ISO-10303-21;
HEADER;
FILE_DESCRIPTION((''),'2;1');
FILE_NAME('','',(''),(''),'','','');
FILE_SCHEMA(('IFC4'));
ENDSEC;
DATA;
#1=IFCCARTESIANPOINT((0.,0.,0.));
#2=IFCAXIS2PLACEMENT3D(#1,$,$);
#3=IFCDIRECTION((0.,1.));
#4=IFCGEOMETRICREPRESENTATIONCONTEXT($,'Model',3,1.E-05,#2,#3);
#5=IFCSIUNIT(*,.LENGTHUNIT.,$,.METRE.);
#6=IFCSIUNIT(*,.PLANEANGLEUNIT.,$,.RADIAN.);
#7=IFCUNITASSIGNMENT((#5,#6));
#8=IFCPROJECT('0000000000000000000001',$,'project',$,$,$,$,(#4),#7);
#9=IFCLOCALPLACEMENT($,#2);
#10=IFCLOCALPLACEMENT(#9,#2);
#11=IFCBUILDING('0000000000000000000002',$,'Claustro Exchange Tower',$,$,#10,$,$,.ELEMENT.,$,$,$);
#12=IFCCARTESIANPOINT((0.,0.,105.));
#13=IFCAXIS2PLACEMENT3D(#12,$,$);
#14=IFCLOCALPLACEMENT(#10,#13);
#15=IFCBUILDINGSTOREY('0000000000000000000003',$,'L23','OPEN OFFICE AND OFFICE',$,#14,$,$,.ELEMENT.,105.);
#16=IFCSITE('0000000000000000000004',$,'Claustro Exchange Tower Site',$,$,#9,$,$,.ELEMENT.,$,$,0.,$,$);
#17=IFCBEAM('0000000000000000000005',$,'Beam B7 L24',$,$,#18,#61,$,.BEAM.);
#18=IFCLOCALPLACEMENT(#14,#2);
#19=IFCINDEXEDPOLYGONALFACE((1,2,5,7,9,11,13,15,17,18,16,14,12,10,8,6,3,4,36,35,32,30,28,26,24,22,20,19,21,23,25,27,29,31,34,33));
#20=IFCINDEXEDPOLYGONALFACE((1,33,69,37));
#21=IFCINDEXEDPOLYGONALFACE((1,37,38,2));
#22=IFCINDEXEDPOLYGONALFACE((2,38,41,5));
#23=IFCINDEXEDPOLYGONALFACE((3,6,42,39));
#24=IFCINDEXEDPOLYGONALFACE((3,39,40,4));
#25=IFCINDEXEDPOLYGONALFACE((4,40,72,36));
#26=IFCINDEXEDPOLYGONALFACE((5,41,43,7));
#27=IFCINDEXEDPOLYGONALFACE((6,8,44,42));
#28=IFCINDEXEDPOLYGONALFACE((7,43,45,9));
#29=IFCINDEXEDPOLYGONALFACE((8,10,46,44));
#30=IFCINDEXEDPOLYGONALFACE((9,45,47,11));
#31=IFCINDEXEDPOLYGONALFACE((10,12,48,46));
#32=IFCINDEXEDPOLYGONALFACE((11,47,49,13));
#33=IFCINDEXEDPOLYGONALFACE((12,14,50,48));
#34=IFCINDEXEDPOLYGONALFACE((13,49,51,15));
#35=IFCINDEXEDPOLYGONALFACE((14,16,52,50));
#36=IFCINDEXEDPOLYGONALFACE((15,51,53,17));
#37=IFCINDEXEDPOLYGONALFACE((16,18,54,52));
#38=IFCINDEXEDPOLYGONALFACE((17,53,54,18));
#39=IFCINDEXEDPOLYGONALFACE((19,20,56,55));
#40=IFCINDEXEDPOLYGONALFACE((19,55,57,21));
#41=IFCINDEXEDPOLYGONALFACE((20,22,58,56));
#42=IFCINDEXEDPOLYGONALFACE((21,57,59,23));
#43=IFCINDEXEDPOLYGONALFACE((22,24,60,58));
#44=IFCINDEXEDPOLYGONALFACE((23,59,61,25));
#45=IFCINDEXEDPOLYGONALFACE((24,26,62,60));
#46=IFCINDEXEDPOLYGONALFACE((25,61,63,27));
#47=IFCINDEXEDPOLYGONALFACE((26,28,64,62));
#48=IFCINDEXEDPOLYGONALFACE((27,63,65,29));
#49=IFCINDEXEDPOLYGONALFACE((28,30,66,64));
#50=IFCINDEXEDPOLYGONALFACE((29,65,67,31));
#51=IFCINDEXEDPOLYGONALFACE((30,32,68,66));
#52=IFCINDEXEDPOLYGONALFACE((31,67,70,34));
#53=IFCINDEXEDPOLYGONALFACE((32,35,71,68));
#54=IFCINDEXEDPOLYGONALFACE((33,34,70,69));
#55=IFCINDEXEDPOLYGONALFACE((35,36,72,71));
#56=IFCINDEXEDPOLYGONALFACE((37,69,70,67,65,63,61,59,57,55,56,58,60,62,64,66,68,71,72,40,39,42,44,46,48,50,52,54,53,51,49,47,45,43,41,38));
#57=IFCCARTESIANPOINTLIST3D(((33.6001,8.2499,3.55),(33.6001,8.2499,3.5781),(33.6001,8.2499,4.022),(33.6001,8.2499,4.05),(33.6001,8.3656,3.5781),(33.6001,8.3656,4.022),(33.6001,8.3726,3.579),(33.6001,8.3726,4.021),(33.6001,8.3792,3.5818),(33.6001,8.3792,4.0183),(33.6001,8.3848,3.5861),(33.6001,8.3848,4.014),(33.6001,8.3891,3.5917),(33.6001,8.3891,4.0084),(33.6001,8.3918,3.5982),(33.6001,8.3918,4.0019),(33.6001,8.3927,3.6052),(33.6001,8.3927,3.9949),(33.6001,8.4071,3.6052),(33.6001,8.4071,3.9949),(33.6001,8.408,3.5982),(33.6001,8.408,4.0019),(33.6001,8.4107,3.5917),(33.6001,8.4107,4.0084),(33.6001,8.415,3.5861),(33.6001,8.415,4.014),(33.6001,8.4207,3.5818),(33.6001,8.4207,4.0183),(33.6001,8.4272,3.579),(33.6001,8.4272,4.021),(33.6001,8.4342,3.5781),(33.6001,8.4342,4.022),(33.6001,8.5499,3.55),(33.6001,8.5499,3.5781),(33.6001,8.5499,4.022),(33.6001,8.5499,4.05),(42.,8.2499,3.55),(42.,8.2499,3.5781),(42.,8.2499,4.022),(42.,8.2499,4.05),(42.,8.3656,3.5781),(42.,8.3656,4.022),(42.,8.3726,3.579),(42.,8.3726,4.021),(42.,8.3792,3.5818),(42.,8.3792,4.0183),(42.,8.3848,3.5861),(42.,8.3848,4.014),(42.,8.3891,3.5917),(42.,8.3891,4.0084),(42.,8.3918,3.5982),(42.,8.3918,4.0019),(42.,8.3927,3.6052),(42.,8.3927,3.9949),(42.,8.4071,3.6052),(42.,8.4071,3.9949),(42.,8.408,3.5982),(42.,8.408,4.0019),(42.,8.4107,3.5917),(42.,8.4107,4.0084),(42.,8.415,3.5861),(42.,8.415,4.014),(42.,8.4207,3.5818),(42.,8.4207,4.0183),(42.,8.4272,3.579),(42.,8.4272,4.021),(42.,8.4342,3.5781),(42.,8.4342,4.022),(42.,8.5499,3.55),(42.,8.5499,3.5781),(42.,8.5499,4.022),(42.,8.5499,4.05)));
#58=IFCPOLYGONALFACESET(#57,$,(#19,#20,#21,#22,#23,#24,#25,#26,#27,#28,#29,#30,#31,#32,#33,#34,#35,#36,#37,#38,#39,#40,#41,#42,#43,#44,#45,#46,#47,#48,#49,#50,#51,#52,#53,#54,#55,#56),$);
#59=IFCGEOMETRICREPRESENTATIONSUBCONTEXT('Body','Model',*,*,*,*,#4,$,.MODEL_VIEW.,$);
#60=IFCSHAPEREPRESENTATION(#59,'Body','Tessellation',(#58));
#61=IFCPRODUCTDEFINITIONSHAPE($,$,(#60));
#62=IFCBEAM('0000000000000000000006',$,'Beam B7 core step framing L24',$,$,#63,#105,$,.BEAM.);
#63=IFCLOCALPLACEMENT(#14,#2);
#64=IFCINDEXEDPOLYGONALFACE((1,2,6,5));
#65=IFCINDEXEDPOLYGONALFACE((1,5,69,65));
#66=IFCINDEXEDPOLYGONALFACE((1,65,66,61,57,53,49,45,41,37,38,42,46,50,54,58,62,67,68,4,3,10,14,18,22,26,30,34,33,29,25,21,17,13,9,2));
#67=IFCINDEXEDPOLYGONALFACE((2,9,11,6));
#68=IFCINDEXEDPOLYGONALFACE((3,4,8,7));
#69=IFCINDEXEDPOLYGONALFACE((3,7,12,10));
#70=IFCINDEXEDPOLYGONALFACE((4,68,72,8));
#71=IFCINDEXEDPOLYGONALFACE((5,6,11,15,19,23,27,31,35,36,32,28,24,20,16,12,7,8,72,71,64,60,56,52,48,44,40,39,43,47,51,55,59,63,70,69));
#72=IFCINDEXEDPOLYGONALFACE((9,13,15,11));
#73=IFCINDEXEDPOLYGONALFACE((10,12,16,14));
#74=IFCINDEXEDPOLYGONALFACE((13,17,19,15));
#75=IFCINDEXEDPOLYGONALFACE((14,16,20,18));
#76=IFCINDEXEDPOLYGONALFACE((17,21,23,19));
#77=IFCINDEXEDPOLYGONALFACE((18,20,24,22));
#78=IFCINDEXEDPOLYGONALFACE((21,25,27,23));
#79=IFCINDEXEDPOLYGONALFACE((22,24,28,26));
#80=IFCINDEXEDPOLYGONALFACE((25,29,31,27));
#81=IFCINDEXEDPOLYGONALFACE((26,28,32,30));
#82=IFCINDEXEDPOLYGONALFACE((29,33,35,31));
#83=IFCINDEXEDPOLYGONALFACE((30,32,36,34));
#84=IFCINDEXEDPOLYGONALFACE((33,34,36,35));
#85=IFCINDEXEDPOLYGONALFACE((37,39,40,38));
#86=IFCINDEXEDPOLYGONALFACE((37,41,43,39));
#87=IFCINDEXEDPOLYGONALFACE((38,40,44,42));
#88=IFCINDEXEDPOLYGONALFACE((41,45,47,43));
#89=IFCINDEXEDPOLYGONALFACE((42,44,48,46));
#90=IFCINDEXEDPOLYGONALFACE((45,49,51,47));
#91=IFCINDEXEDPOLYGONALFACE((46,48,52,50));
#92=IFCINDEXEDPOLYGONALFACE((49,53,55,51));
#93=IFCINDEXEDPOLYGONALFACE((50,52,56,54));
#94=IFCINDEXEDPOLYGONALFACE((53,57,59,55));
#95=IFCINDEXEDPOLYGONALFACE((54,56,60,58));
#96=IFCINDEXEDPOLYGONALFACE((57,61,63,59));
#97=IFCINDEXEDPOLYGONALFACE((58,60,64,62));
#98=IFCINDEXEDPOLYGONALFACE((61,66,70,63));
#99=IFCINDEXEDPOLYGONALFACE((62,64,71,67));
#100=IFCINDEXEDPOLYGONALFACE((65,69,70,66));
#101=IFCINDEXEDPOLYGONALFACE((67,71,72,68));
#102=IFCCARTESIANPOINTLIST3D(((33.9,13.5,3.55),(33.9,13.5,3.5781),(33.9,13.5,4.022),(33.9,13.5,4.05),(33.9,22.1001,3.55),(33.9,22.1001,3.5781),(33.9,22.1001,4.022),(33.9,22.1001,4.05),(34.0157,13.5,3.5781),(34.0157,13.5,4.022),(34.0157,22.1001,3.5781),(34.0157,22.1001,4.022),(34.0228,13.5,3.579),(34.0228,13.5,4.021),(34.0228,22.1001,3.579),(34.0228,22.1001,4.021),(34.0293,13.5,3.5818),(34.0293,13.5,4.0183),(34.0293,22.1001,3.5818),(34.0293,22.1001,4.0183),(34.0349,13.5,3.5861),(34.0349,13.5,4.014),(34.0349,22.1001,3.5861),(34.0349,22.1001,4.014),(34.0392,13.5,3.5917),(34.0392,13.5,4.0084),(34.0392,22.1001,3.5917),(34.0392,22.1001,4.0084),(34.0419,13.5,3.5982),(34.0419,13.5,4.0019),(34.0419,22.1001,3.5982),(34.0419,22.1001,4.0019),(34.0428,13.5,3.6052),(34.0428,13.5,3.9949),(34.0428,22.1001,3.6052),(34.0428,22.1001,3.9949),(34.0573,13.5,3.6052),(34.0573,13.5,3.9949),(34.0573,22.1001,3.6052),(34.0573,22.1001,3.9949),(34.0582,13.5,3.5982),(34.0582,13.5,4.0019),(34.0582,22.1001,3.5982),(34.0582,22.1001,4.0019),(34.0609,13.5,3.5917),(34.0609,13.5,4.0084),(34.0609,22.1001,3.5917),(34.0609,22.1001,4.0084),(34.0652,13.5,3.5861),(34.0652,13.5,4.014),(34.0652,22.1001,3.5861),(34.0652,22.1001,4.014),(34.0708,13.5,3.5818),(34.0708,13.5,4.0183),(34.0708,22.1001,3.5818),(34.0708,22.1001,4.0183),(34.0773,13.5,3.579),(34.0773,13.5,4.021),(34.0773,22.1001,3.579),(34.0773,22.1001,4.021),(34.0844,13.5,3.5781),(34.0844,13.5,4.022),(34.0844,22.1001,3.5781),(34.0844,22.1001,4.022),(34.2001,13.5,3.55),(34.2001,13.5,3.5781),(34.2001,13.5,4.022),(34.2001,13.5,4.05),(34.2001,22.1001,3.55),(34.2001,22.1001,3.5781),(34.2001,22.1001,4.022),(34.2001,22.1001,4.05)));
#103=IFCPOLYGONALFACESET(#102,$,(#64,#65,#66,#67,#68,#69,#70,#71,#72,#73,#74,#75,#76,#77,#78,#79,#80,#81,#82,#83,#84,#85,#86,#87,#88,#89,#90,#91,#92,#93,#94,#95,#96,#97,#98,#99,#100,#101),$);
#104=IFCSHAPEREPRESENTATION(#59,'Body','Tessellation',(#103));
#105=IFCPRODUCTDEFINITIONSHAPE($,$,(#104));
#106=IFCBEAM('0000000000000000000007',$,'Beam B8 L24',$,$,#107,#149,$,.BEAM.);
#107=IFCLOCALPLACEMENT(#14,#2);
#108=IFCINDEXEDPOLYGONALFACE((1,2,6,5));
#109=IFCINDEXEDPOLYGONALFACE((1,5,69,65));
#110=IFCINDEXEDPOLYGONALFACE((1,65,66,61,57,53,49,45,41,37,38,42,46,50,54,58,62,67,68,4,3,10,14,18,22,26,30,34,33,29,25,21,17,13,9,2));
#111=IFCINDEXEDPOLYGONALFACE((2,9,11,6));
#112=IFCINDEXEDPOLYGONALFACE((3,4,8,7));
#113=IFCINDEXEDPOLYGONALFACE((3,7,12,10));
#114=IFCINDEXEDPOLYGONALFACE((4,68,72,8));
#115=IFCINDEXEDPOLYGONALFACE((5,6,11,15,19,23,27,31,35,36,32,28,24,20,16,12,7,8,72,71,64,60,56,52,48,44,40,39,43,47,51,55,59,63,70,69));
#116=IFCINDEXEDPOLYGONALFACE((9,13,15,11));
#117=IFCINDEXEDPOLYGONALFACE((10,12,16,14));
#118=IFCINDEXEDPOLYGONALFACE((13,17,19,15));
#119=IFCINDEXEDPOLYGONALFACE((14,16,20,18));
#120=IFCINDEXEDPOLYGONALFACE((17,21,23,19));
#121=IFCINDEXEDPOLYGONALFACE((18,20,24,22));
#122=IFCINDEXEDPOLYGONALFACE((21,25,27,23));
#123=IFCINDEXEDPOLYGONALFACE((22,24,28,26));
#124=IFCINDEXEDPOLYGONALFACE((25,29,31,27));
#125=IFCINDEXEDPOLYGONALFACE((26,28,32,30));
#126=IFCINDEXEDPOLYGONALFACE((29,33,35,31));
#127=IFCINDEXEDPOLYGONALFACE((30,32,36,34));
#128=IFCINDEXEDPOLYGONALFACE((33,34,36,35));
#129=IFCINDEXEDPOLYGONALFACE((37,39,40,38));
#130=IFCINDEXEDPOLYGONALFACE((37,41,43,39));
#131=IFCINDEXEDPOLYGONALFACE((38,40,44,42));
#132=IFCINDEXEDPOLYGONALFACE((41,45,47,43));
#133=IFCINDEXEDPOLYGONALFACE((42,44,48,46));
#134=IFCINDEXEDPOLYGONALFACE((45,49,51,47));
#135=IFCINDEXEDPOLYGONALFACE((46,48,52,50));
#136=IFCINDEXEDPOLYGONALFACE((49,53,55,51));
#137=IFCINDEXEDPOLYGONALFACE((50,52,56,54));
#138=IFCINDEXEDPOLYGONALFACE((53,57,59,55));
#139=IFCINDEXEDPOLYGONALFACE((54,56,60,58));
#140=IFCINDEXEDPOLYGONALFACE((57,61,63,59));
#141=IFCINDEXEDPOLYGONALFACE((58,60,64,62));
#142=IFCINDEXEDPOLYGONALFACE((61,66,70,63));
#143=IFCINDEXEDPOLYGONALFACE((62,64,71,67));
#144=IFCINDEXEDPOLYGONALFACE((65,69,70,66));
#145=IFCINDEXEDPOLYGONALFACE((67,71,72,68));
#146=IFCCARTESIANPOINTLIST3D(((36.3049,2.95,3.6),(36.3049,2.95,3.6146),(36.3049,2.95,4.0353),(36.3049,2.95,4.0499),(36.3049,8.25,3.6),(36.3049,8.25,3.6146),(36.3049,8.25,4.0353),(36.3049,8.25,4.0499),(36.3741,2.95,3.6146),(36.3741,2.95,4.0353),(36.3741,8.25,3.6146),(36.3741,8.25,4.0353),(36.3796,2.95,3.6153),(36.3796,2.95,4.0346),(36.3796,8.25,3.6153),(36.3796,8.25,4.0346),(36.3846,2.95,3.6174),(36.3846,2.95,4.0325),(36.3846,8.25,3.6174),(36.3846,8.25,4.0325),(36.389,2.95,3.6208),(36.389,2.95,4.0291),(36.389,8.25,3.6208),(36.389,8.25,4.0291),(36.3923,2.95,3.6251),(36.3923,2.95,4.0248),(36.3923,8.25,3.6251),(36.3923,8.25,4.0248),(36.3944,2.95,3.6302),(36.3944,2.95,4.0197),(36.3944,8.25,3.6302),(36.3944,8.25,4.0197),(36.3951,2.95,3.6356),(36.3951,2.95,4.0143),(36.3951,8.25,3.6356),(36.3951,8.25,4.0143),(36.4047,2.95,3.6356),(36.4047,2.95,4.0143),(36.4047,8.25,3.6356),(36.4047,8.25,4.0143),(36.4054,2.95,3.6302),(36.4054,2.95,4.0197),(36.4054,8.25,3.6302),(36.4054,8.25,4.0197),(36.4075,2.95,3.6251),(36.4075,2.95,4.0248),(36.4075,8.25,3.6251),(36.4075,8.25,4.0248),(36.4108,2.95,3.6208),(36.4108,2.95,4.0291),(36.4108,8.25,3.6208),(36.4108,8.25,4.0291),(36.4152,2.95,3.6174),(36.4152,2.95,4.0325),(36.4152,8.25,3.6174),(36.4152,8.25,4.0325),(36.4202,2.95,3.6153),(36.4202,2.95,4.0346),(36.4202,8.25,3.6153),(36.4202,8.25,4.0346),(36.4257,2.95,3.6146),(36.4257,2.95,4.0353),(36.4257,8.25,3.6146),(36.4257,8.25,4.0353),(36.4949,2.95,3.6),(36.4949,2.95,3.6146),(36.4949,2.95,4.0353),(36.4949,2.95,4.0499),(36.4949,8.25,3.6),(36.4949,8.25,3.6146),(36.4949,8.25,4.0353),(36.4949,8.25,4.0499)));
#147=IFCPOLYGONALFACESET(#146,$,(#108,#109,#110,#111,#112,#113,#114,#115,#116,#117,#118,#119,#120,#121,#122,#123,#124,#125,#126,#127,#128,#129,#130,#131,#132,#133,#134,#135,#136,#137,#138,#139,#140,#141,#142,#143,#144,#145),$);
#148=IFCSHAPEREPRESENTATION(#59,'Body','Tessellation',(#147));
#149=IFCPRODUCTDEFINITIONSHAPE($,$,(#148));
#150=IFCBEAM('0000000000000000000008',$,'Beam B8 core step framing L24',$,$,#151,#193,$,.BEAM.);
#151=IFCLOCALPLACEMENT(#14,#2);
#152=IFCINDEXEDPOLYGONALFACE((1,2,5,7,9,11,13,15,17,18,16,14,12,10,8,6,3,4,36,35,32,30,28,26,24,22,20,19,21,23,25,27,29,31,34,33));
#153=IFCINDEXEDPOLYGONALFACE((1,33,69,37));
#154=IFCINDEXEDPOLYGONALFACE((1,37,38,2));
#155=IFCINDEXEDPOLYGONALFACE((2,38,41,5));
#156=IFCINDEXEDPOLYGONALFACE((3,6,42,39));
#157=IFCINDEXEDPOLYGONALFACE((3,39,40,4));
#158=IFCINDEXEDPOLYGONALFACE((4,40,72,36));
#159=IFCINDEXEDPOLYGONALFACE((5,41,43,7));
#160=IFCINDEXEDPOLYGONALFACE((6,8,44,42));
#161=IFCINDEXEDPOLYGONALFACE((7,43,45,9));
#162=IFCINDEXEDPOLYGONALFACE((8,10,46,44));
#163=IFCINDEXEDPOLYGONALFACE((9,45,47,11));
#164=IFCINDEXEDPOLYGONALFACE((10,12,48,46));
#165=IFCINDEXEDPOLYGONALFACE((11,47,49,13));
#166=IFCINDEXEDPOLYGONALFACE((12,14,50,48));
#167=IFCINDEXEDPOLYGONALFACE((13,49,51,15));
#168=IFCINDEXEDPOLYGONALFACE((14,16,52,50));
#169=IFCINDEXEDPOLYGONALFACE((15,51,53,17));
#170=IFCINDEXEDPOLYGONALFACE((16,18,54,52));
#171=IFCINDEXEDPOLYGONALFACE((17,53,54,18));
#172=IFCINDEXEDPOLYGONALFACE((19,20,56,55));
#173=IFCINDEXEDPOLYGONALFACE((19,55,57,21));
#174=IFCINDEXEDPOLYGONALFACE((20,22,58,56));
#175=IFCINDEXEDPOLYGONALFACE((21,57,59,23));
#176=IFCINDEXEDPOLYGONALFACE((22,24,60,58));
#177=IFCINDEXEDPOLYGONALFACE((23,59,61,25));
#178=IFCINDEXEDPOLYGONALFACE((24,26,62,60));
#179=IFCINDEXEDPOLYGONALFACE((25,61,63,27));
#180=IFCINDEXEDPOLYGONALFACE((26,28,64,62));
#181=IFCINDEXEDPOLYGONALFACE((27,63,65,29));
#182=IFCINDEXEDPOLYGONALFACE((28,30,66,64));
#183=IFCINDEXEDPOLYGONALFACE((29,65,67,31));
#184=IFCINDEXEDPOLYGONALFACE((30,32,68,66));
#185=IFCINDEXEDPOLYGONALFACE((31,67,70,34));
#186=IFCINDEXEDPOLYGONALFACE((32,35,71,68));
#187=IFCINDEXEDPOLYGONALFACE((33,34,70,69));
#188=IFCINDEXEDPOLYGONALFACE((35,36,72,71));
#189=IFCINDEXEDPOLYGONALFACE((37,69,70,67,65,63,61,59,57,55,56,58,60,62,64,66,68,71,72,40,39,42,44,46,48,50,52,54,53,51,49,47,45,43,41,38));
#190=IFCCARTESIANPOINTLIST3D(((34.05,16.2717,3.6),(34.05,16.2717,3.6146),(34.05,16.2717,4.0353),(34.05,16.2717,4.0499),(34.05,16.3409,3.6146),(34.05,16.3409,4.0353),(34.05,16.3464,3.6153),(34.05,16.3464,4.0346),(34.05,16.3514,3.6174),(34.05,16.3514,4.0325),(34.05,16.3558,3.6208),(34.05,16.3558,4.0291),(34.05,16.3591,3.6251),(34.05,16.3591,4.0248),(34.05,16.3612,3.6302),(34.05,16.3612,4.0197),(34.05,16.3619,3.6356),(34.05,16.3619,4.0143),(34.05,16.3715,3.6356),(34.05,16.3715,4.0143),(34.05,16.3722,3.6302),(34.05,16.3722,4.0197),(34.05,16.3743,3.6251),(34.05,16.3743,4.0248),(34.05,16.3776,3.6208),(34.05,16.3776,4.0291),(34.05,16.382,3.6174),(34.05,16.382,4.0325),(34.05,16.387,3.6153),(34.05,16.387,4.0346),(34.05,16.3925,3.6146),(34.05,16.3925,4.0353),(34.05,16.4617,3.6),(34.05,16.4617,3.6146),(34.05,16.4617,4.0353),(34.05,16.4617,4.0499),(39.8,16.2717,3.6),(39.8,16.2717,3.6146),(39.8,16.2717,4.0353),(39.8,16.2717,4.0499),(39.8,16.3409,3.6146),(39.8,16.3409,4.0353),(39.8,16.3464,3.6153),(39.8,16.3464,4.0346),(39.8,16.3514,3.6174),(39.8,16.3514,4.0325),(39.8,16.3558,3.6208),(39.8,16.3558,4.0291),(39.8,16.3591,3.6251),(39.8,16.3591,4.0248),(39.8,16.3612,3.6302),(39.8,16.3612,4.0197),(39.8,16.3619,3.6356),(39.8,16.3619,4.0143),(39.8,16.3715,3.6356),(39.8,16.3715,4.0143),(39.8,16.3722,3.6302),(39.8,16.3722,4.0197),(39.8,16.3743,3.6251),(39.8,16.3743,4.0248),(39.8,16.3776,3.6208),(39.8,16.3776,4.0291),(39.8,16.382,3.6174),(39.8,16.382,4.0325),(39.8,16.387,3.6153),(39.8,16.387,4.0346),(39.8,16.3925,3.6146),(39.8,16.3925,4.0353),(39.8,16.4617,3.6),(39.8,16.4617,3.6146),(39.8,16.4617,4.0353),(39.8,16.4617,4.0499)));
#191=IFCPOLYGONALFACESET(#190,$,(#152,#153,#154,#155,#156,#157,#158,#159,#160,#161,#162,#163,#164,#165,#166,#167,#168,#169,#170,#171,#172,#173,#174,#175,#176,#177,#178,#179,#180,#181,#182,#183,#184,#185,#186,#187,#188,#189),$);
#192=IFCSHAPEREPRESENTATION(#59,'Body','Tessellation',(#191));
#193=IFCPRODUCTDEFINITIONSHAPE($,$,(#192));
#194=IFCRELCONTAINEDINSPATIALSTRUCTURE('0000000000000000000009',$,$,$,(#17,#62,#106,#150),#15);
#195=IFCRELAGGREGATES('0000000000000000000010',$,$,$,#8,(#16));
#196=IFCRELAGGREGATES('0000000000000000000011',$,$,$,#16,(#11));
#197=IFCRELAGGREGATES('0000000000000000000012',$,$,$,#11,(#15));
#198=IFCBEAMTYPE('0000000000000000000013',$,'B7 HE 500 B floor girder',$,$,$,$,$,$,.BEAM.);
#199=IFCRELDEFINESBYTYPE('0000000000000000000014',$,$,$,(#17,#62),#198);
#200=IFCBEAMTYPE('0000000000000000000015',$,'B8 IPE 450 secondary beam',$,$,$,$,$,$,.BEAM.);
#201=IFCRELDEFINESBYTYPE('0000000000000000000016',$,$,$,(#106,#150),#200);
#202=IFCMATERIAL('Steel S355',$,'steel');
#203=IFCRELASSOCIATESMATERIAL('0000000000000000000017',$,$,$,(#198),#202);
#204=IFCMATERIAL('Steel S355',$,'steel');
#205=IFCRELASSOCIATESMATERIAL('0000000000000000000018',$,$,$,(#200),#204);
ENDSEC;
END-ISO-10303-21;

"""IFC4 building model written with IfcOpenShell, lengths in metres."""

from ifc_helpers import new_model, si_unit, direction, frame, origin, origin_2d, place, context, subcontext, project, spatial, i_section, extrude, material, material_profile, profile_set, type_object, element, save


model = new_model("IFC4")

# Units and contexts
model_context = context("Model", 3, precision=1e-05, world=origin(), true_north=direction((0.0, 1.0)))
body_context = subcontext(model_context, "Body", "Model", "MODEL_VIEW")
ifc_project = project(units=[si_unit("LENGTHUNIT", "METRE"), si_unit("PLANEANGLEUNIT", "RADIAN")], contexts=[model_context])

# Site, building, storey
site_placement = place(None, origin())
site = spatial("IfcSite", under=ifc_project, at=site_placement, Name="Claustro Exchange Tower Site", CompositionType="ELEMENT", RefElevation=0.0)
building_placement = place(site_placement, origin())
building = spatial("IfcBuilding", under=site, at=building_placement, Name="Claustro Exchange Tower", CompositionType="ELEMENT")
storey_placement = place(building_placement, frame((0.0, 0.0, 105.0)))
storey = spatial("IfcBuildingStorey", under=building, at=storey_placement, Name="L23", Description="OPEN OFFICE AND OFFICE", CompositionType="ELEMENT", Elevation=105.0)

# Beams
ifc_material_1 = material(Name="Steel S355", Category="steel")
ifc_material_profile_1 = material_profile(ifc_material_1, i_section(OverallWidth=0.3, OverallDepth=0.5, WebThickness=0.0144, FlangeThickness=0.0281, FilletRadius=0.0271, at=origin_2d()), Name="HE 500 B")
ifc_profile_set_1 = profile_set([ifc_material_profile_1], Name="Steel S355")
beam_type_1 = type_object("IfcBeamType", Name="B7 HE 500 B floor girder", PredefinedType="BEAM", material=ifc_profile_set_1)
beam_1_placement = place(storey_placement, frame((33.6001, 8.3999, 3.8), z_axis=(1.0, 0.0, 0.0), x_axis=(0.0, 1.0, 0.0)))
element("IfcBeam", 1, at=beam_1_placement, inside=storey, type_object=beam_type_1, Name="Beam B7 L24", PredefinedType="BEAM", context=body_context, shape_type="SweptSolid", body=[
    extrude(i_section(OverallWidth=0.3, OverallDepth=0.5, WebThickness=0.0144, FlangeThickness=0.0281, FilletRadius=0.0271, at=origin_2d()), origin(), (0.0, 0.0, 1.0), 8.3999),
])
beam_2_placement = place(storey_placement, frame((34.05, 13.5, 3.8), z_axis=(0.0, 1.0, 0.0), x_axis=(-1.0, 0.0, 0.0)))
element("IfcBeam", 2, at=beam_2_placement, inside=storey, type_object=beam_type_1, Name="Beam B7 core step framing L24", PredefinedType="BEAM", context=body_context, shape_type="SweptSolid", body=[
    extrude(i_section(OverallWidth=0.3, OverallDepth=0.5, WebThickness=0.0144, FlangeThickness=0.0281, FilletRadius=0.0271, at=origin_2d()), origin(), (0.0, 0.0, 1.0), 8.6001),
])
ifc_material_2 = material(Name="Steel S355", Category="steel")
ifc_material_profile_2 = material_profile(ifc_material_2, i_section(OverallWidth=0.1899, OverallDepth=0.45, WebThickness=0.0095, FlangeThickness=0.0146, FilletRadius=0.021, at=origin_2d()), Name="IPE 450")
ifc_profile_set_2 = profile_set([ifc_material_profile_2], Name="Steel S355")
beam_type_2 = type_object("IfcBeamType", Name="B8 IPE 450 secondary beam", PredefinedType="BEAM", material=ifc_profile_set_2)
beam_3_placement = place(storey_placement, frame((36.3999, 2.95, 3.825), z_axis=(0.0, 1.0, 0.0), x_axis=(-1.0, 0.0, 0.0)))
element("IfcBeam", 3, at=beam_3_placement, inside=storey, type_object=beam_type_2, Name="Beam B8 L24", PredefinedType="BEAM", context=body_context, shape_type="SweptSolid", body=[
    extrude(i_section(OverallWidth=0.1899, OverallDepth=0.45, WebThickness=0.0095, FlangeThickness=0.0146, FilletRadius=0.021, at=origin_2d()), origin(), (0.0, 0.0, 1.0), 5.3),
])
for number, where, z_axis, x_axis, name in (
    (4, (34.05, 16.3667, 3.825), (1.0, 0.0, 0.0), (0.0, 1.0, 0.0), "Beam B8 core step framing L24"),
):
    element("IfcBeam", number, at=place(storey_placement, frame(where, z_axis=z_axis, x_axis=x_axis)), inside=storey, type_object=beam_type_2, Name=name, PredefinedType="BEAM", context=body_context, shape_type="SweptSolid", body=[
        extrude(i_section(OverallWidth=0.1899, OverallDepth=0.45, WebThickness=0.0095, FlangeThickness=0.0146, FilletRadius=0.021, at=origin_2d()), origin(), (0.0, 0.0, 1.0), 5.75),
    ])

save(model, "model.ifc")
